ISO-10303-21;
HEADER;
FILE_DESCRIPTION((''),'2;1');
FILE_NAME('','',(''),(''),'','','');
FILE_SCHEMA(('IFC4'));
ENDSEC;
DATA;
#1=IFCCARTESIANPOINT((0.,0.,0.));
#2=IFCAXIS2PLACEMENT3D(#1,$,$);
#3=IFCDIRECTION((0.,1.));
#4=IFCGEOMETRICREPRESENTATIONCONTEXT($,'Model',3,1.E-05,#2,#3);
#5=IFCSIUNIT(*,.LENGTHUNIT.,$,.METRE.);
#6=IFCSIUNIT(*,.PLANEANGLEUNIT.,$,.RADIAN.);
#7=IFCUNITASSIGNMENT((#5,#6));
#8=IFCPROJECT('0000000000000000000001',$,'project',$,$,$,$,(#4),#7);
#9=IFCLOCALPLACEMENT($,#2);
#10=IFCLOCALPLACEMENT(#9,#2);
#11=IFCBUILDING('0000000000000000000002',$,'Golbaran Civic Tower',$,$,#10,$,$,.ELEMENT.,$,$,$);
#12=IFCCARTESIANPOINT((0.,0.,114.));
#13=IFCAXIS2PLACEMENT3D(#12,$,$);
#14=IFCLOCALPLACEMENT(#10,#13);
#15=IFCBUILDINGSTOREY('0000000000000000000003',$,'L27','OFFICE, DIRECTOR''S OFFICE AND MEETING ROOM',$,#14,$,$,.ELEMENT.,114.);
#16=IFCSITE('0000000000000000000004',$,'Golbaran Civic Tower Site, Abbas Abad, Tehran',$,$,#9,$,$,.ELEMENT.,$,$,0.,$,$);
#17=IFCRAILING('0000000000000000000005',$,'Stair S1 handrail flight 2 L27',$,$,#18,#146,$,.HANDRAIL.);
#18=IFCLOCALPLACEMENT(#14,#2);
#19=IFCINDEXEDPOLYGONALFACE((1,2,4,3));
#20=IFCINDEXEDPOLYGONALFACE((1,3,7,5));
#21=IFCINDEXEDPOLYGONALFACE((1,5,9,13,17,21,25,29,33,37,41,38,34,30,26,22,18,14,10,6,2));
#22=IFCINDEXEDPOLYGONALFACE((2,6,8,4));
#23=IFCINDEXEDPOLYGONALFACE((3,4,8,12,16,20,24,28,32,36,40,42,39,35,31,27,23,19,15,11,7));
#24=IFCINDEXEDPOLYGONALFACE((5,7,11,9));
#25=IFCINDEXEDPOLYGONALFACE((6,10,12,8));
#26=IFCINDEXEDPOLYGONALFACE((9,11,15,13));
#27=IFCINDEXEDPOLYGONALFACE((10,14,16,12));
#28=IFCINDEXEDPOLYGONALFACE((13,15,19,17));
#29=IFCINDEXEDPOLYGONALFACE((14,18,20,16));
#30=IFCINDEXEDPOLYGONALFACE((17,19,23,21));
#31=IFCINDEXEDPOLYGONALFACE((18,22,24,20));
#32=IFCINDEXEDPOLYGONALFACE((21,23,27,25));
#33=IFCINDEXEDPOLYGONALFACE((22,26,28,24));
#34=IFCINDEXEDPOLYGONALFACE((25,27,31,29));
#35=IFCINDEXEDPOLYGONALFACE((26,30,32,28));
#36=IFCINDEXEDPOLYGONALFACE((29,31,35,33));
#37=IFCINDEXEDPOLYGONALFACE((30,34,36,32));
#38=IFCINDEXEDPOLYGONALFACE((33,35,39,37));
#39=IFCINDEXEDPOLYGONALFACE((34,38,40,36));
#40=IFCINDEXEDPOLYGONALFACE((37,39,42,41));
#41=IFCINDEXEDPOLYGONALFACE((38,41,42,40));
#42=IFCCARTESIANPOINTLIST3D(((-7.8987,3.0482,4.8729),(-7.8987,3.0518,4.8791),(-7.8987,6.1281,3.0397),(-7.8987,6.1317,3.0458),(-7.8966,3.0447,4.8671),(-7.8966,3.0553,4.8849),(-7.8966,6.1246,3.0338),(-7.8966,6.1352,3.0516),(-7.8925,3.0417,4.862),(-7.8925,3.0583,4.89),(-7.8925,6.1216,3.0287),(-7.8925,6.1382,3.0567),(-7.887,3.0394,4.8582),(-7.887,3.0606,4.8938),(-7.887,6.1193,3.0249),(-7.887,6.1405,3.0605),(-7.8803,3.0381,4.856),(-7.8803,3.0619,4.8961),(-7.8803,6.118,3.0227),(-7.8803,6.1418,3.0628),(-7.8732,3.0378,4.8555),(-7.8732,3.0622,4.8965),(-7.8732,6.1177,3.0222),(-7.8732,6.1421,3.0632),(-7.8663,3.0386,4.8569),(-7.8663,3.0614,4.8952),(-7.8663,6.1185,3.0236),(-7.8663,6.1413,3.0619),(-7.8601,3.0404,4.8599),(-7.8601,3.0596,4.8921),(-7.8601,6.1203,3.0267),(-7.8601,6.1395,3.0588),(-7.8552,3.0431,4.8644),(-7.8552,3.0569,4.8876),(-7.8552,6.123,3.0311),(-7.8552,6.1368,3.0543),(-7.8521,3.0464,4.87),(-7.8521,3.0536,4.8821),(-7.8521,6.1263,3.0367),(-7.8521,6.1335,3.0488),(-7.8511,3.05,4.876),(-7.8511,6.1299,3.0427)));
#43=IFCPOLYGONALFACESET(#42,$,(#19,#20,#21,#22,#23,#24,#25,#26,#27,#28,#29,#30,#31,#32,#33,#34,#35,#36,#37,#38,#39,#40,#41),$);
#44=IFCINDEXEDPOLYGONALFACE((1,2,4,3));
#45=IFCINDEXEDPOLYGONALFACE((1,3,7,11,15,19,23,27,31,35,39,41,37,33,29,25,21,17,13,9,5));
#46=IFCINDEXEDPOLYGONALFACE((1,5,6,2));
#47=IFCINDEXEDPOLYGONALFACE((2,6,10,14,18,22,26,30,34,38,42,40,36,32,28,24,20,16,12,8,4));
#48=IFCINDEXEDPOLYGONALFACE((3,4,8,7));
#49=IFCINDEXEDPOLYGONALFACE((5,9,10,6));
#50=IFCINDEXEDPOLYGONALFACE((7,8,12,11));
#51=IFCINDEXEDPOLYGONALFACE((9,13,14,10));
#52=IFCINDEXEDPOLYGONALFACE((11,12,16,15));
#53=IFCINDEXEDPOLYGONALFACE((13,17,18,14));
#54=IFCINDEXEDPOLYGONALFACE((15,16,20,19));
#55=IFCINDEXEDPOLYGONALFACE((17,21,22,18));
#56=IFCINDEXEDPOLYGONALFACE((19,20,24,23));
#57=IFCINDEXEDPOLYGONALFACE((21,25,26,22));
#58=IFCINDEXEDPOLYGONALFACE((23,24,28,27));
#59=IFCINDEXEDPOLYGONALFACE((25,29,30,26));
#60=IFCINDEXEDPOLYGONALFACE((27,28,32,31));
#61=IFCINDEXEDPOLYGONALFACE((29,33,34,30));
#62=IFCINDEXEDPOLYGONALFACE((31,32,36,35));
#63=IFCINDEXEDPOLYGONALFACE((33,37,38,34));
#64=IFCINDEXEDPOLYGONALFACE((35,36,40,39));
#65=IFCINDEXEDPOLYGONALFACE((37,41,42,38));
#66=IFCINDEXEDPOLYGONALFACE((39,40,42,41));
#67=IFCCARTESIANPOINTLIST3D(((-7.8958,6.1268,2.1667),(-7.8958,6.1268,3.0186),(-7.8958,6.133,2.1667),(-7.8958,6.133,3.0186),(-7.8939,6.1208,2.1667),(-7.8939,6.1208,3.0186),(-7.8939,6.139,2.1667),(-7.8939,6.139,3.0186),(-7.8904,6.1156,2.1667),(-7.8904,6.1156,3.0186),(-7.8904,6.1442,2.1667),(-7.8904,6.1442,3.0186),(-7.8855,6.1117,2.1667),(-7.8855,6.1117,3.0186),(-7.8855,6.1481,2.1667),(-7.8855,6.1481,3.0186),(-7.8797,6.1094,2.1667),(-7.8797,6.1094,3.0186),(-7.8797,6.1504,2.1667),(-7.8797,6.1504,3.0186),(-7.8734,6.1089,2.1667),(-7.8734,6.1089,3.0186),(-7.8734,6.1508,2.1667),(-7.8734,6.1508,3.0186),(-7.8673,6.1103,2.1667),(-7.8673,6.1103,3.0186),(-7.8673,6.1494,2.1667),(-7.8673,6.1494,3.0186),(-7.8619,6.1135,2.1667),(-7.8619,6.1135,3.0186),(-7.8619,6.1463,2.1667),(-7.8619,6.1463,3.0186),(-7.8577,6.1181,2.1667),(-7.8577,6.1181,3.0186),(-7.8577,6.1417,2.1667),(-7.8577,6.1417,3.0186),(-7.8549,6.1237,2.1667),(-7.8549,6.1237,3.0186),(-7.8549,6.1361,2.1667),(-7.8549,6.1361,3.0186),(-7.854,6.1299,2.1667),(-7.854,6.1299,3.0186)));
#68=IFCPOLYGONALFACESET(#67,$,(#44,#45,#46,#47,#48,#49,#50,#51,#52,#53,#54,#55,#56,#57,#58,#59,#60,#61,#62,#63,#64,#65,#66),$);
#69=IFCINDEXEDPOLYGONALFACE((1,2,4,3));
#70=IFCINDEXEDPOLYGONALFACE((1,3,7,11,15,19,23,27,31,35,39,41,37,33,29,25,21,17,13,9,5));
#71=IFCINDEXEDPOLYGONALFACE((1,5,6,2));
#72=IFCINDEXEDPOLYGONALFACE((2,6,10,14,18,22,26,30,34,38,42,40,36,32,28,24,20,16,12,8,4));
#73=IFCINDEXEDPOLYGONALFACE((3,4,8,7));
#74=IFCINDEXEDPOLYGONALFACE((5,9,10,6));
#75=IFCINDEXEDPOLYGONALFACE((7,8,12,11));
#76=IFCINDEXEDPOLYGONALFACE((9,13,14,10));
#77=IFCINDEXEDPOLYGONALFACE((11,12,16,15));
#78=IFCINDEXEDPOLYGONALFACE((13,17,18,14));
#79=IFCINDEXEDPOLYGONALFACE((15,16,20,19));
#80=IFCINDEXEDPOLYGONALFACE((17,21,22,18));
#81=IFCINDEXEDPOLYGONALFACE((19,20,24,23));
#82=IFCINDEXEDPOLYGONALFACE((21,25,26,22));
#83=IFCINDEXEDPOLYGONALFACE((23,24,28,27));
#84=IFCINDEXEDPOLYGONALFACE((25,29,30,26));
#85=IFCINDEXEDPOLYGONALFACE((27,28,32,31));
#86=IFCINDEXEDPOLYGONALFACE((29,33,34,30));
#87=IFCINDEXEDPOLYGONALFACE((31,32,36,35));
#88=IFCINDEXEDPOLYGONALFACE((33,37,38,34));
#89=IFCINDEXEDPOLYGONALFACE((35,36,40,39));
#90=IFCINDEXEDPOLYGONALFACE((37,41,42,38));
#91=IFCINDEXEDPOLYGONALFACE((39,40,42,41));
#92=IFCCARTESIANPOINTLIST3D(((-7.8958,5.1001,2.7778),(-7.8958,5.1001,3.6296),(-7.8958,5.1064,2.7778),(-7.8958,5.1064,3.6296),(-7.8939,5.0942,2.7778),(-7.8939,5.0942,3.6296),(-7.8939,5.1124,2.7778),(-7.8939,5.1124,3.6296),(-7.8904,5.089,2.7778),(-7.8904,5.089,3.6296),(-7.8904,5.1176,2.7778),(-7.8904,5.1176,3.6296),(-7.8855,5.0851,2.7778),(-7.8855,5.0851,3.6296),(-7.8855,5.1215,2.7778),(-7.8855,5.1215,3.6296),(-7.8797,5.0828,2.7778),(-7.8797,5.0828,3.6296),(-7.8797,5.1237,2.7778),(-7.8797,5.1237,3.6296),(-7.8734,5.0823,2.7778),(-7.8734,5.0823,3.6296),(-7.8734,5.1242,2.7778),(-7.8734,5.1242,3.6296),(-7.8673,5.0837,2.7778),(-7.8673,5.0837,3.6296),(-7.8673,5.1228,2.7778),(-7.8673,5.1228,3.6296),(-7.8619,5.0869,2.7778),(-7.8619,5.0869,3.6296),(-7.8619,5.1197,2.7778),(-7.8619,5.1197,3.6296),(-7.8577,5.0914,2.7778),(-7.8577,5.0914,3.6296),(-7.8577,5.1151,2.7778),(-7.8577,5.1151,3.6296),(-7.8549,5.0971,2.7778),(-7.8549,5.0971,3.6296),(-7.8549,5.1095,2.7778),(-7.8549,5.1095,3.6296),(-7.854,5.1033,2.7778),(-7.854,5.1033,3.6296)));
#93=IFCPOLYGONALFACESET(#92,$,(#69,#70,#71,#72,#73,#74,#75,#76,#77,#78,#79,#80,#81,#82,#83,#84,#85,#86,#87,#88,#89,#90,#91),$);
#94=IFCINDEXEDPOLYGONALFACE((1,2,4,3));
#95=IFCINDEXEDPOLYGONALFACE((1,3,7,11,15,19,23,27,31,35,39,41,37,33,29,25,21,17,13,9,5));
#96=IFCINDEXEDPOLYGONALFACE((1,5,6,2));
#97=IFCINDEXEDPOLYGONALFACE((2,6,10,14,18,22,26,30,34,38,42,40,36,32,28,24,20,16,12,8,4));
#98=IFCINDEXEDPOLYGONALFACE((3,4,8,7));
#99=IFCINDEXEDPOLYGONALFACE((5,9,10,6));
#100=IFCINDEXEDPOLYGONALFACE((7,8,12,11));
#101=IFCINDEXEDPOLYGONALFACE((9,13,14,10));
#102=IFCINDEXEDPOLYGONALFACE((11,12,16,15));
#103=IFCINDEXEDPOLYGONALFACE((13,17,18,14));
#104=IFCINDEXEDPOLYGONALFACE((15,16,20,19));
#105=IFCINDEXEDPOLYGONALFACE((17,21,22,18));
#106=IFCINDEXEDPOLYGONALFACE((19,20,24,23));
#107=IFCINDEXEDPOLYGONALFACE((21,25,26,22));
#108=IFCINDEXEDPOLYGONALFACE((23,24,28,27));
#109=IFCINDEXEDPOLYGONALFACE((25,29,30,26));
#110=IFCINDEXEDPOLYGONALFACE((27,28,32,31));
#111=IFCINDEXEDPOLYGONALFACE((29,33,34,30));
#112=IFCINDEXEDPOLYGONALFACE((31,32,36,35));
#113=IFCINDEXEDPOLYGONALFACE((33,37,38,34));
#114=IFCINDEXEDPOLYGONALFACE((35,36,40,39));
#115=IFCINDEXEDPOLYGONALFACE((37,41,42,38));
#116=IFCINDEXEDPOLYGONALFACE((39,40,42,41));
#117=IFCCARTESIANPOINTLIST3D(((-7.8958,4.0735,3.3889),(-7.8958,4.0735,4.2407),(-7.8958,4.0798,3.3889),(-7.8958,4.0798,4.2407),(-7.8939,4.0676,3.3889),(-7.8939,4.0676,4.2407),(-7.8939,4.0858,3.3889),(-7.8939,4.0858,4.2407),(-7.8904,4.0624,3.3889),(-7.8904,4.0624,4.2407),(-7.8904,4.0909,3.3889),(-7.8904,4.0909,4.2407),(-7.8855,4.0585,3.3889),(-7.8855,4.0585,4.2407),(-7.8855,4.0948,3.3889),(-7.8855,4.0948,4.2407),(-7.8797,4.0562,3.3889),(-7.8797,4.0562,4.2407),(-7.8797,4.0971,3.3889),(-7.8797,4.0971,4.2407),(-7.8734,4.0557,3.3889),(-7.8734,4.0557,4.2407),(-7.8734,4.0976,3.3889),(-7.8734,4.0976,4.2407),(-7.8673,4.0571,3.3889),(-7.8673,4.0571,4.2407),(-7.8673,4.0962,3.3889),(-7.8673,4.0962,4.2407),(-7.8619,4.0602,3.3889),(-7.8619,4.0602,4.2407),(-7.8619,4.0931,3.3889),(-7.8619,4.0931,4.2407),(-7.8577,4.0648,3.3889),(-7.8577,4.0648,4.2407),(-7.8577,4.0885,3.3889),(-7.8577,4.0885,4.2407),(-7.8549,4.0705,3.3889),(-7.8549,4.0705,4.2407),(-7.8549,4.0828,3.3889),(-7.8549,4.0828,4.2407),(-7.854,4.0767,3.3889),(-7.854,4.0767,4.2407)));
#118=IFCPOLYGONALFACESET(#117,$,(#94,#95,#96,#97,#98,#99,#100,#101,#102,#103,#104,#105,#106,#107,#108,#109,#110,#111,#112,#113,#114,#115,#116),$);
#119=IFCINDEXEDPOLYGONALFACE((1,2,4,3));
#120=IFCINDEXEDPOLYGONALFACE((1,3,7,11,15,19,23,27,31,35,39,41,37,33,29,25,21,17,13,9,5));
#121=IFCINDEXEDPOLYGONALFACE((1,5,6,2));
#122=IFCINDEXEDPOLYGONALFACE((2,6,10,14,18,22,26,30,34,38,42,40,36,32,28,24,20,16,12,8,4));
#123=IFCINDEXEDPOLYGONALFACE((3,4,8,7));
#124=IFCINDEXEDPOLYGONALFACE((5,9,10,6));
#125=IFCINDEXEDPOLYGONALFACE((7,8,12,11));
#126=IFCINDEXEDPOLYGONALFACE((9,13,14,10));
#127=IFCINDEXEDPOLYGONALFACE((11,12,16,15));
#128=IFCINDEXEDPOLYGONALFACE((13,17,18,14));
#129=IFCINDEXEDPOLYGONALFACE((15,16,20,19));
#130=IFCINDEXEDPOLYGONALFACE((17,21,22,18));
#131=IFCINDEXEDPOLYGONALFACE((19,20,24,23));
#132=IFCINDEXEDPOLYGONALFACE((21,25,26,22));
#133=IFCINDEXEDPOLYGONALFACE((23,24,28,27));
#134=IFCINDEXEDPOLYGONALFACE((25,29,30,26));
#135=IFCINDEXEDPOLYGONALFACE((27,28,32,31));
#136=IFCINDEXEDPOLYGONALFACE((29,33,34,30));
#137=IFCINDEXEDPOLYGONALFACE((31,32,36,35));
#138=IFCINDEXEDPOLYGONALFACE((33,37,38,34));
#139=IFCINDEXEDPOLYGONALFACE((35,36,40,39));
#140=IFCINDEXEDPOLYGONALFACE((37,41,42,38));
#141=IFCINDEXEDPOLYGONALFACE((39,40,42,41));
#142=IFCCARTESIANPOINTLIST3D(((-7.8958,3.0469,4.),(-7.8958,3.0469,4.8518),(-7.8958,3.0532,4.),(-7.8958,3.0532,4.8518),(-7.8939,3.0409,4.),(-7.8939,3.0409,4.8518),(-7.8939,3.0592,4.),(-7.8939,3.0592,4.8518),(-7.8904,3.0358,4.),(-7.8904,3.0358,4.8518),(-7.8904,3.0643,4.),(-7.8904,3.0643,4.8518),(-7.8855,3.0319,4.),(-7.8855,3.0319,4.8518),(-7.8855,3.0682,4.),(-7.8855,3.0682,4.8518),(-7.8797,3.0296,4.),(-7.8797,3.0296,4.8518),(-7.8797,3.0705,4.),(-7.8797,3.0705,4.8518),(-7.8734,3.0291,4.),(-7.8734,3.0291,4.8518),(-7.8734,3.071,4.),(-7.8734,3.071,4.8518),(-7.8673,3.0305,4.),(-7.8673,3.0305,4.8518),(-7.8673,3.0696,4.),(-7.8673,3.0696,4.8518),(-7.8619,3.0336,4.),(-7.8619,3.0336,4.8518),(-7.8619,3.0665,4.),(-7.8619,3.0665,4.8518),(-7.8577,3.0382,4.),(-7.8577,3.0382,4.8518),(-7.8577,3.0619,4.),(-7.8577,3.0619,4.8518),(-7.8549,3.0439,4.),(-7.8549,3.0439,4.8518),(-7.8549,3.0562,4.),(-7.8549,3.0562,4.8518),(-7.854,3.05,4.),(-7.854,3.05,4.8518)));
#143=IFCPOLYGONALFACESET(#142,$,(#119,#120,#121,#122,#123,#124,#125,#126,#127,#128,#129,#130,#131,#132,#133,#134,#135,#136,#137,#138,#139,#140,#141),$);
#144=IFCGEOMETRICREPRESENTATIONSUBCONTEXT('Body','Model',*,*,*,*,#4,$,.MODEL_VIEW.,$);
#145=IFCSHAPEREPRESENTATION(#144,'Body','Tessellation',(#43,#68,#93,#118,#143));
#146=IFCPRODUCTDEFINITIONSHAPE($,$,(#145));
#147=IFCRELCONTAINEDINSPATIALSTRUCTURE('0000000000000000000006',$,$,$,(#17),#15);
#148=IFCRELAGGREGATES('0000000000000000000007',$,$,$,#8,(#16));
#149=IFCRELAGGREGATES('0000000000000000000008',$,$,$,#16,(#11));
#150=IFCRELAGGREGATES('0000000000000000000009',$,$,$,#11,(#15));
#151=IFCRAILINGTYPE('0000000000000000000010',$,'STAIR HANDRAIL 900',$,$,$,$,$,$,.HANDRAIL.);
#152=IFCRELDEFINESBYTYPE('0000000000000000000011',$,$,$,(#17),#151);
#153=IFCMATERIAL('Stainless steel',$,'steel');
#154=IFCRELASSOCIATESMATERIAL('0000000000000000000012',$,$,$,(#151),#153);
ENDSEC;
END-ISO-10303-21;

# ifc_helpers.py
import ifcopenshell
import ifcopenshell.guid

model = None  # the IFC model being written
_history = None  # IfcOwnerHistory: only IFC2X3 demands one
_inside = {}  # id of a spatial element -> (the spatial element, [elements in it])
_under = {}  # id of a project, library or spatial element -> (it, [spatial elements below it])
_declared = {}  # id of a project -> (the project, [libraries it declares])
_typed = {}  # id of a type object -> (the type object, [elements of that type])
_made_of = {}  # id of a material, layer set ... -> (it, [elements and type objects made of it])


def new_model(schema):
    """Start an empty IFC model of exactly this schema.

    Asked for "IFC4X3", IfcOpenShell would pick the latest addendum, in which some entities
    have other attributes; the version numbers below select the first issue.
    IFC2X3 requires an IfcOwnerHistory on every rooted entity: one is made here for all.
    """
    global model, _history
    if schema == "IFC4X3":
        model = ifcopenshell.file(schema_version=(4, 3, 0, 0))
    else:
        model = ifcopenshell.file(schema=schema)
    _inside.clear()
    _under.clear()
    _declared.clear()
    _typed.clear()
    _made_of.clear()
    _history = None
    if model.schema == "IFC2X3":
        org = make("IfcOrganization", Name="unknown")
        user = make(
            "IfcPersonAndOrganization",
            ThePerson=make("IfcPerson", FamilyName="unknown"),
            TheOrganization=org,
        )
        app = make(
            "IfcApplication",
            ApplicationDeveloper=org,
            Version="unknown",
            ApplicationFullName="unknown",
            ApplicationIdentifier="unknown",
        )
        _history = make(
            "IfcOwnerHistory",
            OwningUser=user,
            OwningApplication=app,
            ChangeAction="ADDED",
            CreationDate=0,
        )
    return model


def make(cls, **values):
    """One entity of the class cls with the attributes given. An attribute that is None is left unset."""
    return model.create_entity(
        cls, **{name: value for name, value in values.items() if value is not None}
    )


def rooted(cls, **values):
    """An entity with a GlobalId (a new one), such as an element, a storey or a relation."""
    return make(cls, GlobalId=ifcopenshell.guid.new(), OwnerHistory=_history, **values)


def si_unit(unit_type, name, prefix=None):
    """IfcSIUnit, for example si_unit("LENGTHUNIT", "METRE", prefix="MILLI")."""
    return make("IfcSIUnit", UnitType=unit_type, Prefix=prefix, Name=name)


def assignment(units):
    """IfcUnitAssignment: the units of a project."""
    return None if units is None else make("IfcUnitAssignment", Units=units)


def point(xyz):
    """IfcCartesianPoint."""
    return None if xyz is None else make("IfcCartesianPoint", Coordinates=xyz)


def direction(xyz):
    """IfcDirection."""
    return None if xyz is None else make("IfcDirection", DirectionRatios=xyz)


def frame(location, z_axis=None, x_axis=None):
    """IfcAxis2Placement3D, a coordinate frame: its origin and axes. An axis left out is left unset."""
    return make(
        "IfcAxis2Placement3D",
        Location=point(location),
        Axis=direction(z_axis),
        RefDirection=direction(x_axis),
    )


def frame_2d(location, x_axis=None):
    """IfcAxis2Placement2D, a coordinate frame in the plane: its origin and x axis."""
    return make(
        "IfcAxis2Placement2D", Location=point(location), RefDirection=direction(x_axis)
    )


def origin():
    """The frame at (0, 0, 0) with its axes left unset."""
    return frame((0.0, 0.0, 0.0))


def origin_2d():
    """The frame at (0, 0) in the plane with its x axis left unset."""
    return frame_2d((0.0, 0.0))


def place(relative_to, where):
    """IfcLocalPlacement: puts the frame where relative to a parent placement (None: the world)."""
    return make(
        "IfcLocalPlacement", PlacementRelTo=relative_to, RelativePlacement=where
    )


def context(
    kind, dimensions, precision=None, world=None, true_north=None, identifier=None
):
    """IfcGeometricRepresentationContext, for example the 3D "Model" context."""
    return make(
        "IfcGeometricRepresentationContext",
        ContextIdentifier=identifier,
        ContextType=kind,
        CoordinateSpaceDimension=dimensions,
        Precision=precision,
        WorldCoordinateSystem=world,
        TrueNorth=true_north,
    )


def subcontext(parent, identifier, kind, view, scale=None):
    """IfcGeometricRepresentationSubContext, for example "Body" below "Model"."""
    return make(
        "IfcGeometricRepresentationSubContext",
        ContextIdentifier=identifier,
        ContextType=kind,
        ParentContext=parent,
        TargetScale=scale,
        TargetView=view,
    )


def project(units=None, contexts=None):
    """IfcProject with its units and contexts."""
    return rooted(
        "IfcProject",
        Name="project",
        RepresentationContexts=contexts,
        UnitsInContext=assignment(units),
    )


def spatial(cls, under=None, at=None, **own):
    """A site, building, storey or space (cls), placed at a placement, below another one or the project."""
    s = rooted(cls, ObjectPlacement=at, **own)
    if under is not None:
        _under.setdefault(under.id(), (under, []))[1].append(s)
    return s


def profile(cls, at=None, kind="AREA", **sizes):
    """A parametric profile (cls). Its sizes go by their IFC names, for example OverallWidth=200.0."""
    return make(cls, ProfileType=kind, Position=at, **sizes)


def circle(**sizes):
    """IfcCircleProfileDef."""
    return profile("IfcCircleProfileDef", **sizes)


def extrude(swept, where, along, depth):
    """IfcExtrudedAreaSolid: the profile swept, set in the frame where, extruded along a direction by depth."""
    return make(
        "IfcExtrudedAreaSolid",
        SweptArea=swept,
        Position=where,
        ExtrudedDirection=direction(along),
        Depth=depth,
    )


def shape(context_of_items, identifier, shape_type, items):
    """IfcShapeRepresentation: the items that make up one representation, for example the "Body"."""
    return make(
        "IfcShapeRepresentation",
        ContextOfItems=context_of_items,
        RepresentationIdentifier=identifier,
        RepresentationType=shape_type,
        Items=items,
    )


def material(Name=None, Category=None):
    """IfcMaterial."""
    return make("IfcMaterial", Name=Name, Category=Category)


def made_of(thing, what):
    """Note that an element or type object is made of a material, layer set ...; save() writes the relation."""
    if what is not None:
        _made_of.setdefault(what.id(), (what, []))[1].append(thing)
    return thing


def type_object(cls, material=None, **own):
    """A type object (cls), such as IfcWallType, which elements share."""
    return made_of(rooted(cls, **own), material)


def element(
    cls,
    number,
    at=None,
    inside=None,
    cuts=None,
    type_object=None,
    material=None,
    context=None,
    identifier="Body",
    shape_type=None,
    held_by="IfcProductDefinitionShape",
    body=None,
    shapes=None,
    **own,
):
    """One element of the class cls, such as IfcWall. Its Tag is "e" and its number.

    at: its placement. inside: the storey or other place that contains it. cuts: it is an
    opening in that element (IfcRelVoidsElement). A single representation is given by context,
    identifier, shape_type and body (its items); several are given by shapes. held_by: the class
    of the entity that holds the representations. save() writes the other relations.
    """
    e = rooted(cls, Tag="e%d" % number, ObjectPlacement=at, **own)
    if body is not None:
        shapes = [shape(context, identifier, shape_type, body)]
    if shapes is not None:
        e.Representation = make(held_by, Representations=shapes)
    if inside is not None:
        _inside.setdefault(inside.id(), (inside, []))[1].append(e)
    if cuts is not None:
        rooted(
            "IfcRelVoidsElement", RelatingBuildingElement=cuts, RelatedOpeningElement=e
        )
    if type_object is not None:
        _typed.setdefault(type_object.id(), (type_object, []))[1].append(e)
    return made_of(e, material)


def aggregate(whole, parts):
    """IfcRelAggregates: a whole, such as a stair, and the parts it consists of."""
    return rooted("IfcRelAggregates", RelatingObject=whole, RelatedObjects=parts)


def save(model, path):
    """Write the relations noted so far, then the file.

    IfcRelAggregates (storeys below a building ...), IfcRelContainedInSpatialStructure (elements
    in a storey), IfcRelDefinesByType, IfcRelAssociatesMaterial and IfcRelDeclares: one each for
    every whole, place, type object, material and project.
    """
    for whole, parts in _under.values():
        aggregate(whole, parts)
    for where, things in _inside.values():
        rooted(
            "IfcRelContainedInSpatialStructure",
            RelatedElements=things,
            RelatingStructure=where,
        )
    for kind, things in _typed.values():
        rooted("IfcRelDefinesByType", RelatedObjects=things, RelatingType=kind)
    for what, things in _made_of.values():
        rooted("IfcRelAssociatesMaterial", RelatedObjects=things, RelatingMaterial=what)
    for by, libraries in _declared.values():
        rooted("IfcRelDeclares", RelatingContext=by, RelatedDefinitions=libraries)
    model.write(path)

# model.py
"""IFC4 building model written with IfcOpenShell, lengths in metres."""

from ifc_helpers import new_model, si_unit, direction, frame, origin, origin_2d, place, context, subcontext, project, spatial, circle, extrude, material, type_object, element, save


model = new_model("IFC4")

# Units and contexts
model_context = context("Model", 3, precision=1e-05, world=origin(), true_north=direction((0.0, 1.0)))
body_context = subcontext(model_context, "Body", "Model", "MODEL_VIEW")
ifc_project = project(units=[si_unit("LENGTHUNIT", "METRE"), si_unit("PLANEANGLEUNIT", "RADIAN")], contexts=[model_context])

# Site, building, storey
site_placement = place(None, origin())
site = spatial("IfcSite", under=ifc_project, at=site_placement, Name="Golbaran Civic Tower Site, Abbas Abad, Tehran", CompositionType="ELEMENT", RefElevation=0.0)
building_placement = place(site_placement, origin())
building = spatial("IfcBuilding", under=site, at=building_placement, Name="Golbaran Civic Tower", CompositionType="ELEMENT")
storey_placement = place(building_placement, frame((0.0, 0.0, 114.0)))
storey = spatial("IfcBuildingStorey", under=building, at=storey_placement, Name="L27", Description="OFFICE, DIRECTOR'S OFFICE AND MEETING ROOM", CompositionType="ELEMENT", Elevation=114.0)

# Shared definitions
ifc_material_1 = material(Name="Stainless steel", Category="steel")

# Railing
railing_type = type_object("IfcRailingType", Name="STAIR HANDRAIL 900", PredefinedType="HANDRAIL", material=ifc_material_1)
railing_1_placement = place(storey_placement, frame((-7.875, 6.1299, 2.1667)))
element("IfcRailing", 1, at=railing_1_placement, inside=storey, type_object=railing_type, Name="Stair S1 handrail flight 2 L27", PredefinedType="HANDRAIL", context=body_context, shape_type="SweptSolid", body=[
    extrude(circle(Radius=0.0239, at=origin_2d()), frame((0.0, 0.0, 0.876), z_axis=(0.0, -0.859291, 0.511487), x_axis=(1.0, 0.0, 0.0)), (0.0, 0.0, 1.0), 3.5842),
    extrude(circle(Radius=0.021, at=origin_2d()), origin(), (0.0, 0.0, 1.0), 0.8518),
    extrude(circle(Radius=0.021, at=origin_2d()), frame((0.0, -1.0266, 0.6111)), (0.0, 0.0, 1.0), 0.8518),
    extrude(circle(Radius=0.021, at=origin_2d()), frame((0.0, -2.0532, 1.2222)), (0.0, 0.0, 1.0), 0.8518),
    extrude(circle(Radius=0.021, at=origin_2d()), frame((0.0, -3.0798, 1.8333)), (0.0, 0.0, 1.0), 0.8518),
])

save(model, "model.ifc")
